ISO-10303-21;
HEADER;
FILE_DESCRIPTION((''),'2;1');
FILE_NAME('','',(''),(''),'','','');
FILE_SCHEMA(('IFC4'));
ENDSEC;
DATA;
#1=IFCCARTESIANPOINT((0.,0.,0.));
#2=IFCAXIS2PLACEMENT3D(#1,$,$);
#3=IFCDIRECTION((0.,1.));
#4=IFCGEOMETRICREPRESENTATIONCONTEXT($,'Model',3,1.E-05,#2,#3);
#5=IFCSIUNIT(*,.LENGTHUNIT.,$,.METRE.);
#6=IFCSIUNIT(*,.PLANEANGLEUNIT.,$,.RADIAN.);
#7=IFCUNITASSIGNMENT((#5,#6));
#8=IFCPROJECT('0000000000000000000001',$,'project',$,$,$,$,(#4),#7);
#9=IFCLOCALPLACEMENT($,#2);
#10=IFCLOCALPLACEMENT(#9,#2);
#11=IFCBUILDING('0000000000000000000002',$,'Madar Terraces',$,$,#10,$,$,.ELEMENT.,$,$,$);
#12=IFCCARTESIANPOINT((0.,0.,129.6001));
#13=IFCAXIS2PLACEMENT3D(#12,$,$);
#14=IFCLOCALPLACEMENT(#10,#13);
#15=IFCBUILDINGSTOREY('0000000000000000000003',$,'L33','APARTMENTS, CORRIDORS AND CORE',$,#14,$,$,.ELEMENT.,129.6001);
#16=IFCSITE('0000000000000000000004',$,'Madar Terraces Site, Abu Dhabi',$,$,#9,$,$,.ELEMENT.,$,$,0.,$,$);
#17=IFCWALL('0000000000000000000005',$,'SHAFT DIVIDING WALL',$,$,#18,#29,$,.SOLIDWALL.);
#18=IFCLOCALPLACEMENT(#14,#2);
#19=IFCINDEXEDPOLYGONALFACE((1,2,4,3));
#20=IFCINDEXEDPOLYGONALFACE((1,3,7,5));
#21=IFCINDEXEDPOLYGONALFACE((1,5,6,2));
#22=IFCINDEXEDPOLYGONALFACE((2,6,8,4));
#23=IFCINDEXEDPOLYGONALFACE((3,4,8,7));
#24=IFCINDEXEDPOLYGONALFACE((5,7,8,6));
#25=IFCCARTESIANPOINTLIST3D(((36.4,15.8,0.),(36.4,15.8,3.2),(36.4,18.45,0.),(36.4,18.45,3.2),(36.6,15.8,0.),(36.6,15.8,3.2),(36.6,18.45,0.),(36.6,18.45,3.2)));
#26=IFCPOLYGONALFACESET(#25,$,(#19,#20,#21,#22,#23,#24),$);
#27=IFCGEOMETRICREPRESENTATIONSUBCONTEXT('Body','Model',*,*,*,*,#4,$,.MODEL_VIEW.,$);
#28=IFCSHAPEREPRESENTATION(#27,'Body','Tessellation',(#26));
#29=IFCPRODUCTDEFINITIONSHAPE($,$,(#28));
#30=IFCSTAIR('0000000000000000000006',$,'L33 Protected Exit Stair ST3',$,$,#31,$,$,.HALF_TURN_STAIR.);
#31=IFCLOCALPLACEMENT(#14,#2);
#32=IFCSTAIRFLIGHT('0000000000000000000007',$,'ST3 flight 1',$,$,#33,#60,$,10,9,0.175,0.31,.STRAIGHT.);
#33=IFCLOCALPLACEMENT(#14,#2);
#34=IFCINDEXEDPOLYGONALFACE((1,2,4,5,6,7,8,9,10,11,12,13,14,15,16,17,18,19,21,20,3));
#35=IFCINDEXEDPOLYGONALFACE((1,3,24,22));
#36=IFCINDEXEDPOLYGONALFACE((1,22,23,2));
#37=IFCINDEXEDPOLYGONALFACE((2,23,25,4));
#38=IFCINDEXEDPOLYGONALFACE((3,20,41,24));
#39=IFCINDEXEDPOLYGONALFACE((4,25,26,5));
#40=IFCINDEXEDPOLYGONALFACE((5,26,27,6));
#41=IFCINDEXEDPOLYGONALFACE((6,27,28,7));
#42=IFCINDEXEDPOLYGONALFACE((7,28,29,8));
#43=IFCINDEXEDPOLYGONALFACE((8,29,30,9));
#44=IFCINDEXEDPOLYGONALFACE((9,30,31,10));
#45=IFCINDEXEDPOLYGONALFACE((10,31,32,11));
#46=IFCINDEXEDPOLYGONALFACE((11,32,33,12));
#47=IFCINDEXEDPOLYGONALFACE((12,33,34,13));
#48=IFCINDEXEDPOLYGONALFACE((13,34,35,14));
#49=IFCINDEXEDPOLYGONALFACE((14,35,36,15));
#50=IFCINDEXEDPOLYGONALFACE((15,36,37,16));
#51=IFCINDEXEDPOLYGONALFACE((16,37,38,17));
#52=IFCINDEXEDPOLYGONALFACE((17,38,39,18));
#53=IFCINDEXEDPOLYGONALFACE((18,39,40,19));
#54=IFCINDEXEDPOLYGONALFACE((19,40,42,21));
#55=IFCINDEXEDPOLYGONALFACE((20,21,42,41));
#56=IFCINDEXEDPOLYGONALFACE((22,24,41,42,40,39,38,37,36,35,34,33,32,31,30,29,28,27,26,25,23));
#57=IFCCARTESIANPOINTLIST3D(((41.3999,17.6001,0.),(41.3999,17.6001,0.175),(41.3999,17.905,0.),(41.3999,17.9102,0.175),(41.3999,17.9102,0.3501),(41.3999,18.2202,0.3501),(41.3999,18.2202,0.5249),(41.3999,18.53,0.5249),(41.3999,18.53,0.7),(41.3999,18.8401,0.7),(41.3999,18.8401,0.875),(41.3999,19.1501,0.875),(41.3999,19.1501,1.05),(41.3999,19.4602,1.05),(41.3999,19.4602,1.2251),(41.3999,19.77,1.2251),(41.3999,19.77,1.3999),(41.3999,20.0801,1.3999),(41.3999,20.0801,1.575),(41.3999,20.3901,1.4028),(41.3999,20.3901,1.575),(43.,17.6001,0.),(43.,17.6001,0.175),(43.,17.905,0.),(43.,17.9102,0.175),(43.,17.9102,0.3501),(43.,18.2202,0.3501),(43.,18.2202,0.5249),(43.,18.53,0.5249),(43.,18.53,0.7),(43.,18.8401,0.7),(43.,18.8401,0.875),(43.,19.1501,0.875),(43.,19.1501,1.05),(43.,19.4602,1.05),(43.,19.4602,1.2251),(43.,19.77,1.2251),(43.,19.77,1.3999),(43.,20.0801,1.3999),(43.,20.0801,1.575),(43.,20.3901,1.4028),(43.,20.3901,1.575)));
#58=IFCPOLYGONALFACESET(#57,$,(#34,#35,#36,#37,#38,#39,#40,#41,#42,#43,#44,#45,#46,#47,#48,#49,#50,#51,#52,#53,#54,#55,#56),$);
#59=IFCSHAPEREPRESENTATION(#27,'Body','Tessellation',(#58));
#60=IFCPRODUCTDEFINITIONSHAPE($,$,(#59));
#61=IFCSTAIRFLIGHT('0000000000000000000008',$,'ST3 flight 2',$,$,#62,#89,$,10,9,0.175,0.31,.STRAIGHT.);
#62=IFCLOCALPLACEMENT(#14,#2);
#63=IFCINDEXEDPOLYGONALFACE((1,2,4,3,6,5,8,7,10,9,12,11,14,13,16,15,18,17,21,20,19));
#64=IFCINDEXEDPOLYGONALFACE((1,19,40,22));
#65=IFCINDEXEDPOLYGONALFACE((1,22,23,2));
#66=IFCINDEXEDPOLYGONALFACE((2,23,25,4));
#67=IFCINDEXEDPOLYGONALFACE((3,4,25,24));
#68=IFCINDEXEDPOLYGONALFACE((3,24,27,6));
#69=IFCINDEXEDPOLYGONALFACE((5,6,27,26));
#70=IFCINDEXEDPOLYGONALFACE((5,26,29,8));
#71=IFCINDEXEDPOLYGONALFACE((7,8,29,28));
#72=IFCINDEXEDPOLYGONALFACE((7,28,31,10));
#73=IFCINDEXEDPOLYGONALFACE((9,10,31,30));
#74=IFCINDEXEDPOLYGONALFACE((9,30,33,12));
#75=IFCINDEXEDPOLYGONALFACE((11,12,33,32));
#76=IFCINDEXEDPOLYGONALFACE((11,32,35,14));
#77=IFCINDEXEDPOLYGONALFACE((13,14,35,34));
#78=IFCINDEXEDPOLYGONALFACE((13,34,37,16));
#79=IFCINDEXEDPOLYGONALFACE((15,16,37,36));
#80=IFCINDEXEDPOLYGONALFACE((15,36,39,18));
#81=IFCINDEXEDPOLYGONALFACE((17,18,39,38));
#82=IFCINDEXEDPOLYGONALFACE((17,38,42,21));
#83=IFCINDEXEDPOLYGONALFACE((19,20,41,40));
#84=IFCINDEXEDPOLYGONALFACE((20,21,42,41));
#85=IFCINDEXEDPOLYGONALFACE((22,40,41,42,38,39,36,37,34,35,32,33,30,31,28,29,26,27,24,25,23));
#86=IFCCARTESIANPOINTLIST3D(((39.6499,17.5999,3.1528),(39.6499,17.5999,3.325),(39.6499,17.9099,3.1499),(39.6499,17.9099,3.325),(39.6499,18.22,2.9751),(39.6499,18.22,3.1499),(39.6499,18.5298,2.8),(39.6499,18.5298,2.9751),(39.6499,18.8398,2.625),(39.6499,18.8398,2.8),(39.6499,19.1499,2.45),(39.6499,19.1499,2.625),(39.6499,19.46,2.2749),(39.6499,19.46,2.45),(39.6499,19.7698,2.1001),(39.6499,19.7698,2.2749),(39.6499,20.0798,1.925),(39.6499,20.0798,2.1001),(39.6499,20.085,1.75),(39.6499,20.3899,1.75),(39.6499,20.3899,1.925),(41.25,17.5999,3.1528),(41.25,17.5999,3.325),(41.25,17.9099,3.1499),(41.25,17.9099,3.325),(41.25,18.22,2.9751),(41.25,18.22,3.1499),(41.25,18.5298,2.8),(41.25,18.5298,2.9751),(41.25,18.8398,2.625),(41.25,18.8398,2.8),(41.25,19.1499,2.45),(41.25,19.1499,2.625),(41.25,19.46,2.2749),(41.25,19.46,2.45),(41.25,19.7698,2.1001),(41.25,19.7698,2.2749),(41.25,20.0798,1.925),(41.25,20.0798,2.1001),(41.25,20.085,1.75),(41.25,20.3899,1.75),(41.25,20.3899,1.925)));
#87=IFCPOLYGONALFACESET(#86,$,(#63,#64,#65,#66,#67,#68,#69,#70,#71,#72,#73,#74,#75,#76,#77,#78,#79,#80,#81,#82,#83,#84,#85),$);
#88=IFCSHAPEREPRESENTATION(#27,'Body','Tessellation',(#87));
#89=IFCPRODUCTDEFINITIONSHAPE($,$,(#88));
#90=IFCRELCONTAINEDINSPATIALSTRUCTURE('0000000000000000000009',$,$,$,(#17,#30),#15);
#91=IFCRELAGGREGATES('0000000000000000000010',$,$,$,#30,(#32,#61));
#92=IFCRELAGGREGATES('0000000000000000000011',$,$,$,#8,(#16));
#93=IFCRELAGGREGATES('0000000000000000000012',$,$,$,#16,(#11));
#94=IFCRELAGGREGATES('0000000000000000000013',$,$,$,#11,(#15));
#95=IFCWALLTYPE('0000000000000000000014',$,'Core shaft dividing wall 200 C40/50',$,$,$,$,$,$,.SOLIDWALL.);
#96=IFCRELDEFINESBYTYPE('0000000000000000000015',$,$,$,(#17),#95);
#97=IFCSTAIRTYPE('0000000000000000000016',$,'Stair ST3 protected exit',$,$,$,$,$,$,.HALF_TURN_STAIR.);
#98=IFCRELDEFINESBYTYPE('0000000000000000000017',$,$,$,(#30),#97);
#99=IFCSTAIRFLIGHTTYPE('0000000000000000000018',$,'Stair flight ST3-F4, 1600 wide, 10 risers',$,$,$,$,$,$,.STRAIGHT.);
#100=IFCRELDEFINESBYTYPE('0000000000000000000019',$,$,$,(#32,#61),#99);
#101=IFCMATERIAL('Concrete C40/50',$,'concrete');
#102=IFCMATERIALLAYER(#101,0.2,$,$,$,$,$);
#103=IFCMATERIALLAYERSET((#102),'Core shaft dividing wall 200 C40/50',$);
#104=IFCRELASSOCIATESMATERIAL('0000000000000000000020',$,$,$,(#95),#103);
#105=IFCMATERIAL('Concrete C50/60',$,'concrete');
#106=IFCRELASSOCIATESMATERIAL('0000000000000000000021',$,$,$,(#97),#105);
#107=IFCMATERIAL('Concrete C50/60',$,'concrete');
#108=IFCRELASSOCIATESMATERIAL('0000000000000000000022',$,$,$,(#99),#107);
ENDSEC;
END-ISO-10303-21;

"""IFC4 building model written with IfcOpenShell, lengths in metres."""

from ifc_helpers import new_model, si_unit, direction, frame, frame_2d, origin, place, context, subcontext, project, spatial, polyline, rectangle, outline, extrude, material, layer, layer_set, type_object, element, aggregate, save


model = new_model("IFC4")

# Units and contexts
model_context = context("Model", 3, precision=1e-05, world=origin(), true_north=direction((0.0, 1.0)))
body_context = subcontext(model_context, "Body", "Model", "MODEL_VIEW")
ifc_project = project(units=[si_unit("LENGTHUNIT", "METRE"), si_unit("PLANEANGLEUNIT", "RADIAN")], contexts=[model_context])

# Site, building, storey
site_placement = place(None, origin())
site = spatial("IfcSite", under=ifc_project, at=site_placement, Name="Madar Terraces Site, Abu Dhabi", CompositionType="ELEMENT", RefElevation=0.0)
building_placement = place(site_placement, origin())
building = spatial("IfcBuilding", under=site, at=building_placement, Name="Madar Terraces", CompositionType="ELEMENT")
storey_placement = place(building_placement, frame((0.0, 0.0, 129.6001)))
storey = spatial("IfcBuildingStorey", under=building, at=storey_placement, Name="L33", Description="APARTMENTS, CORRIDORS AND CORE", CompositionType="ELEMENT", Elevation=129.6001)

# Wall
ifc_material_1 = material(Name="Concrete C40/50", Category="concrete")
ifc_layer_1 = layer(ifc_material_1, 0.2)
ifc_layer_set_1 = layer_set([ifc_layer_1], Name="Core shaft dividing wall 200 C40/50")
wall_type_1 = type_object("IfcWallType", Name="Core shaft dividing wall 200 C40/50", PredefinedType="SOLIDWALL", material=ifc_layer_set_1)
wall_1_placement = place(storey_placement, frame((36.5, 15.8, 0.0), z_axis=(0.0, 0.0, 1.0), x_axis=(0.0, 1.0, 0.0)))
element("IfcWall", 1, at=wall_1_placement, inside=storey, type_object=wall_type_1, Name="SHAFT DIVIDING WALL", PredefinedType="SOLIDWALL", context=body_context, shape_type="SweptSolid", body=[
    extrude(rectangle(XDim=2.6499, YDim=0.2, at=frame_2d((1.325, 0.0))), origin(), (0.0, 0.0, 1.0), 3.2),
])

# Stair, stair flights
ifc_material_2 = material(Name="Concrete C50/60", Category="concrete")
stair_type = type_object("IfcStairType", Name="Stair ST3 protected exit", PredefinedType="HALF_TURN_STAIR", material=ifc_material_2)
stair_placement = place(storey_placement, origin())
stair = element("IfcStair", 2, at=stair_placement, inside=storey, type_object=stair_type, Name="L33 Protected Exit Stair ST3", PredefinedType="HALF_TURN_STAIR")
ifc_material_3 = material(Name="Concrete C50/60", Category="concrete")
stair_flight_type = type_object("IfcStairFlightType", Name="Stair flight ST3-F4, 1600 wide, 10 risers", PredefinedType="STRAIGHT", material=ifc_material_3)
stair_flight_1_placement = place(storey_placement, frame((42.2, 17.6001, 0.0), z_axis=(0.0, 0.0, 1.0), x_axis=(0.0, 1.0, 0.0)))
stair_flight_1 = element("IfcStairFlight", 3, at=stair_flight_1_placement, type_object=stair_flight_type, Name="ST3 flight 1", NumberOfRisers=10, NumberOfTreads=9, PredefinedType="STRAIGHT", RiserHeight=0.175, TreadLength=0.31, context=body_context, shape_type="SweptSolid", body=[
    extrude(outline(polyline([(0.0, 0.0), (0.0, 0.175), (0.3101, 0.175), (0.3101, 0.3501), (0.6201, 0.3501), (0.6201, 0.5249), (0.9299, 0.5249), (0.9299, 0.7), (1.24, 0.7), (1.24, 0.875), (1.55, 0.875), (1.55, 1.05), (1.8601, 1.05), (1.8601, 1.2251), (2.1699, 1.2251), (2.1699, 1.3999), (2.48, 1.3999), (2.48, 1.575), (2.79, 1.575), (2.79, 1.75), (2.79, 1.4028), (0.3049, 0.0), (0.0, 0.0)])), frame((0.0, 0.8, 0.0), z_axis=(0.0, -1.0, 0.0), x_axis=(1.0, 0.0, 0.0)), (0.0, 0.0, 1.0), 1.6001),
])
stair_flight_2_placement = place(storey_placement, frame((40.45, 20.3899, 1.75), z_axis=(0.0, 0.0, 1.0), x_axis=(0.0, -1.0, 0.0)))
stair_flight_2 = element("IfcStairFlight", 4, at=stair_flight_2_placement, type_object=stair_flight_type, Name="ST3 flight 2", NumberOfRisers=10, NumberOfTreads=9, PredefinedType="STRAIGHT", RiserHeight=0.175, TreadLength=0.31, context=body_context, shape_type="SweptSolid", body=[
    extrude(outline(polyline([(0.0, 0.0), (0.0, 0.175), (0.3101, 0.175), (0.3101, 0.3501), (0.6201, 0.3501), (0.6201, 0.5249), (0.9299, 0.5249), (0.9299, 0.7), (1.24, 0.7), (1.24, 0.875), (1.55, 0.875), (1.55, 1.05), (1.8601, 1.05), (1.8601, 1.2251), (2.1699, 1.2251), (2.1699, 1.3999), (2.48, 1.3999), (2.48, 1.575), (2.79, 1.575), (2.79, 1.75), (2.79, 1.4028), (0.3049, 0.0), (0.0, 0.0)])), frame((0.0, 0.8, 0.0), z_axis=(0.0, -1.0, 0.0), x_axis=(1.0, 0.0, 0.0)), (0.0, 0.0, 1.0), 1.6001),
])
aggregate(stair, [stair_flight_1, stair_flight_2])

save(model, "model.ifc")
